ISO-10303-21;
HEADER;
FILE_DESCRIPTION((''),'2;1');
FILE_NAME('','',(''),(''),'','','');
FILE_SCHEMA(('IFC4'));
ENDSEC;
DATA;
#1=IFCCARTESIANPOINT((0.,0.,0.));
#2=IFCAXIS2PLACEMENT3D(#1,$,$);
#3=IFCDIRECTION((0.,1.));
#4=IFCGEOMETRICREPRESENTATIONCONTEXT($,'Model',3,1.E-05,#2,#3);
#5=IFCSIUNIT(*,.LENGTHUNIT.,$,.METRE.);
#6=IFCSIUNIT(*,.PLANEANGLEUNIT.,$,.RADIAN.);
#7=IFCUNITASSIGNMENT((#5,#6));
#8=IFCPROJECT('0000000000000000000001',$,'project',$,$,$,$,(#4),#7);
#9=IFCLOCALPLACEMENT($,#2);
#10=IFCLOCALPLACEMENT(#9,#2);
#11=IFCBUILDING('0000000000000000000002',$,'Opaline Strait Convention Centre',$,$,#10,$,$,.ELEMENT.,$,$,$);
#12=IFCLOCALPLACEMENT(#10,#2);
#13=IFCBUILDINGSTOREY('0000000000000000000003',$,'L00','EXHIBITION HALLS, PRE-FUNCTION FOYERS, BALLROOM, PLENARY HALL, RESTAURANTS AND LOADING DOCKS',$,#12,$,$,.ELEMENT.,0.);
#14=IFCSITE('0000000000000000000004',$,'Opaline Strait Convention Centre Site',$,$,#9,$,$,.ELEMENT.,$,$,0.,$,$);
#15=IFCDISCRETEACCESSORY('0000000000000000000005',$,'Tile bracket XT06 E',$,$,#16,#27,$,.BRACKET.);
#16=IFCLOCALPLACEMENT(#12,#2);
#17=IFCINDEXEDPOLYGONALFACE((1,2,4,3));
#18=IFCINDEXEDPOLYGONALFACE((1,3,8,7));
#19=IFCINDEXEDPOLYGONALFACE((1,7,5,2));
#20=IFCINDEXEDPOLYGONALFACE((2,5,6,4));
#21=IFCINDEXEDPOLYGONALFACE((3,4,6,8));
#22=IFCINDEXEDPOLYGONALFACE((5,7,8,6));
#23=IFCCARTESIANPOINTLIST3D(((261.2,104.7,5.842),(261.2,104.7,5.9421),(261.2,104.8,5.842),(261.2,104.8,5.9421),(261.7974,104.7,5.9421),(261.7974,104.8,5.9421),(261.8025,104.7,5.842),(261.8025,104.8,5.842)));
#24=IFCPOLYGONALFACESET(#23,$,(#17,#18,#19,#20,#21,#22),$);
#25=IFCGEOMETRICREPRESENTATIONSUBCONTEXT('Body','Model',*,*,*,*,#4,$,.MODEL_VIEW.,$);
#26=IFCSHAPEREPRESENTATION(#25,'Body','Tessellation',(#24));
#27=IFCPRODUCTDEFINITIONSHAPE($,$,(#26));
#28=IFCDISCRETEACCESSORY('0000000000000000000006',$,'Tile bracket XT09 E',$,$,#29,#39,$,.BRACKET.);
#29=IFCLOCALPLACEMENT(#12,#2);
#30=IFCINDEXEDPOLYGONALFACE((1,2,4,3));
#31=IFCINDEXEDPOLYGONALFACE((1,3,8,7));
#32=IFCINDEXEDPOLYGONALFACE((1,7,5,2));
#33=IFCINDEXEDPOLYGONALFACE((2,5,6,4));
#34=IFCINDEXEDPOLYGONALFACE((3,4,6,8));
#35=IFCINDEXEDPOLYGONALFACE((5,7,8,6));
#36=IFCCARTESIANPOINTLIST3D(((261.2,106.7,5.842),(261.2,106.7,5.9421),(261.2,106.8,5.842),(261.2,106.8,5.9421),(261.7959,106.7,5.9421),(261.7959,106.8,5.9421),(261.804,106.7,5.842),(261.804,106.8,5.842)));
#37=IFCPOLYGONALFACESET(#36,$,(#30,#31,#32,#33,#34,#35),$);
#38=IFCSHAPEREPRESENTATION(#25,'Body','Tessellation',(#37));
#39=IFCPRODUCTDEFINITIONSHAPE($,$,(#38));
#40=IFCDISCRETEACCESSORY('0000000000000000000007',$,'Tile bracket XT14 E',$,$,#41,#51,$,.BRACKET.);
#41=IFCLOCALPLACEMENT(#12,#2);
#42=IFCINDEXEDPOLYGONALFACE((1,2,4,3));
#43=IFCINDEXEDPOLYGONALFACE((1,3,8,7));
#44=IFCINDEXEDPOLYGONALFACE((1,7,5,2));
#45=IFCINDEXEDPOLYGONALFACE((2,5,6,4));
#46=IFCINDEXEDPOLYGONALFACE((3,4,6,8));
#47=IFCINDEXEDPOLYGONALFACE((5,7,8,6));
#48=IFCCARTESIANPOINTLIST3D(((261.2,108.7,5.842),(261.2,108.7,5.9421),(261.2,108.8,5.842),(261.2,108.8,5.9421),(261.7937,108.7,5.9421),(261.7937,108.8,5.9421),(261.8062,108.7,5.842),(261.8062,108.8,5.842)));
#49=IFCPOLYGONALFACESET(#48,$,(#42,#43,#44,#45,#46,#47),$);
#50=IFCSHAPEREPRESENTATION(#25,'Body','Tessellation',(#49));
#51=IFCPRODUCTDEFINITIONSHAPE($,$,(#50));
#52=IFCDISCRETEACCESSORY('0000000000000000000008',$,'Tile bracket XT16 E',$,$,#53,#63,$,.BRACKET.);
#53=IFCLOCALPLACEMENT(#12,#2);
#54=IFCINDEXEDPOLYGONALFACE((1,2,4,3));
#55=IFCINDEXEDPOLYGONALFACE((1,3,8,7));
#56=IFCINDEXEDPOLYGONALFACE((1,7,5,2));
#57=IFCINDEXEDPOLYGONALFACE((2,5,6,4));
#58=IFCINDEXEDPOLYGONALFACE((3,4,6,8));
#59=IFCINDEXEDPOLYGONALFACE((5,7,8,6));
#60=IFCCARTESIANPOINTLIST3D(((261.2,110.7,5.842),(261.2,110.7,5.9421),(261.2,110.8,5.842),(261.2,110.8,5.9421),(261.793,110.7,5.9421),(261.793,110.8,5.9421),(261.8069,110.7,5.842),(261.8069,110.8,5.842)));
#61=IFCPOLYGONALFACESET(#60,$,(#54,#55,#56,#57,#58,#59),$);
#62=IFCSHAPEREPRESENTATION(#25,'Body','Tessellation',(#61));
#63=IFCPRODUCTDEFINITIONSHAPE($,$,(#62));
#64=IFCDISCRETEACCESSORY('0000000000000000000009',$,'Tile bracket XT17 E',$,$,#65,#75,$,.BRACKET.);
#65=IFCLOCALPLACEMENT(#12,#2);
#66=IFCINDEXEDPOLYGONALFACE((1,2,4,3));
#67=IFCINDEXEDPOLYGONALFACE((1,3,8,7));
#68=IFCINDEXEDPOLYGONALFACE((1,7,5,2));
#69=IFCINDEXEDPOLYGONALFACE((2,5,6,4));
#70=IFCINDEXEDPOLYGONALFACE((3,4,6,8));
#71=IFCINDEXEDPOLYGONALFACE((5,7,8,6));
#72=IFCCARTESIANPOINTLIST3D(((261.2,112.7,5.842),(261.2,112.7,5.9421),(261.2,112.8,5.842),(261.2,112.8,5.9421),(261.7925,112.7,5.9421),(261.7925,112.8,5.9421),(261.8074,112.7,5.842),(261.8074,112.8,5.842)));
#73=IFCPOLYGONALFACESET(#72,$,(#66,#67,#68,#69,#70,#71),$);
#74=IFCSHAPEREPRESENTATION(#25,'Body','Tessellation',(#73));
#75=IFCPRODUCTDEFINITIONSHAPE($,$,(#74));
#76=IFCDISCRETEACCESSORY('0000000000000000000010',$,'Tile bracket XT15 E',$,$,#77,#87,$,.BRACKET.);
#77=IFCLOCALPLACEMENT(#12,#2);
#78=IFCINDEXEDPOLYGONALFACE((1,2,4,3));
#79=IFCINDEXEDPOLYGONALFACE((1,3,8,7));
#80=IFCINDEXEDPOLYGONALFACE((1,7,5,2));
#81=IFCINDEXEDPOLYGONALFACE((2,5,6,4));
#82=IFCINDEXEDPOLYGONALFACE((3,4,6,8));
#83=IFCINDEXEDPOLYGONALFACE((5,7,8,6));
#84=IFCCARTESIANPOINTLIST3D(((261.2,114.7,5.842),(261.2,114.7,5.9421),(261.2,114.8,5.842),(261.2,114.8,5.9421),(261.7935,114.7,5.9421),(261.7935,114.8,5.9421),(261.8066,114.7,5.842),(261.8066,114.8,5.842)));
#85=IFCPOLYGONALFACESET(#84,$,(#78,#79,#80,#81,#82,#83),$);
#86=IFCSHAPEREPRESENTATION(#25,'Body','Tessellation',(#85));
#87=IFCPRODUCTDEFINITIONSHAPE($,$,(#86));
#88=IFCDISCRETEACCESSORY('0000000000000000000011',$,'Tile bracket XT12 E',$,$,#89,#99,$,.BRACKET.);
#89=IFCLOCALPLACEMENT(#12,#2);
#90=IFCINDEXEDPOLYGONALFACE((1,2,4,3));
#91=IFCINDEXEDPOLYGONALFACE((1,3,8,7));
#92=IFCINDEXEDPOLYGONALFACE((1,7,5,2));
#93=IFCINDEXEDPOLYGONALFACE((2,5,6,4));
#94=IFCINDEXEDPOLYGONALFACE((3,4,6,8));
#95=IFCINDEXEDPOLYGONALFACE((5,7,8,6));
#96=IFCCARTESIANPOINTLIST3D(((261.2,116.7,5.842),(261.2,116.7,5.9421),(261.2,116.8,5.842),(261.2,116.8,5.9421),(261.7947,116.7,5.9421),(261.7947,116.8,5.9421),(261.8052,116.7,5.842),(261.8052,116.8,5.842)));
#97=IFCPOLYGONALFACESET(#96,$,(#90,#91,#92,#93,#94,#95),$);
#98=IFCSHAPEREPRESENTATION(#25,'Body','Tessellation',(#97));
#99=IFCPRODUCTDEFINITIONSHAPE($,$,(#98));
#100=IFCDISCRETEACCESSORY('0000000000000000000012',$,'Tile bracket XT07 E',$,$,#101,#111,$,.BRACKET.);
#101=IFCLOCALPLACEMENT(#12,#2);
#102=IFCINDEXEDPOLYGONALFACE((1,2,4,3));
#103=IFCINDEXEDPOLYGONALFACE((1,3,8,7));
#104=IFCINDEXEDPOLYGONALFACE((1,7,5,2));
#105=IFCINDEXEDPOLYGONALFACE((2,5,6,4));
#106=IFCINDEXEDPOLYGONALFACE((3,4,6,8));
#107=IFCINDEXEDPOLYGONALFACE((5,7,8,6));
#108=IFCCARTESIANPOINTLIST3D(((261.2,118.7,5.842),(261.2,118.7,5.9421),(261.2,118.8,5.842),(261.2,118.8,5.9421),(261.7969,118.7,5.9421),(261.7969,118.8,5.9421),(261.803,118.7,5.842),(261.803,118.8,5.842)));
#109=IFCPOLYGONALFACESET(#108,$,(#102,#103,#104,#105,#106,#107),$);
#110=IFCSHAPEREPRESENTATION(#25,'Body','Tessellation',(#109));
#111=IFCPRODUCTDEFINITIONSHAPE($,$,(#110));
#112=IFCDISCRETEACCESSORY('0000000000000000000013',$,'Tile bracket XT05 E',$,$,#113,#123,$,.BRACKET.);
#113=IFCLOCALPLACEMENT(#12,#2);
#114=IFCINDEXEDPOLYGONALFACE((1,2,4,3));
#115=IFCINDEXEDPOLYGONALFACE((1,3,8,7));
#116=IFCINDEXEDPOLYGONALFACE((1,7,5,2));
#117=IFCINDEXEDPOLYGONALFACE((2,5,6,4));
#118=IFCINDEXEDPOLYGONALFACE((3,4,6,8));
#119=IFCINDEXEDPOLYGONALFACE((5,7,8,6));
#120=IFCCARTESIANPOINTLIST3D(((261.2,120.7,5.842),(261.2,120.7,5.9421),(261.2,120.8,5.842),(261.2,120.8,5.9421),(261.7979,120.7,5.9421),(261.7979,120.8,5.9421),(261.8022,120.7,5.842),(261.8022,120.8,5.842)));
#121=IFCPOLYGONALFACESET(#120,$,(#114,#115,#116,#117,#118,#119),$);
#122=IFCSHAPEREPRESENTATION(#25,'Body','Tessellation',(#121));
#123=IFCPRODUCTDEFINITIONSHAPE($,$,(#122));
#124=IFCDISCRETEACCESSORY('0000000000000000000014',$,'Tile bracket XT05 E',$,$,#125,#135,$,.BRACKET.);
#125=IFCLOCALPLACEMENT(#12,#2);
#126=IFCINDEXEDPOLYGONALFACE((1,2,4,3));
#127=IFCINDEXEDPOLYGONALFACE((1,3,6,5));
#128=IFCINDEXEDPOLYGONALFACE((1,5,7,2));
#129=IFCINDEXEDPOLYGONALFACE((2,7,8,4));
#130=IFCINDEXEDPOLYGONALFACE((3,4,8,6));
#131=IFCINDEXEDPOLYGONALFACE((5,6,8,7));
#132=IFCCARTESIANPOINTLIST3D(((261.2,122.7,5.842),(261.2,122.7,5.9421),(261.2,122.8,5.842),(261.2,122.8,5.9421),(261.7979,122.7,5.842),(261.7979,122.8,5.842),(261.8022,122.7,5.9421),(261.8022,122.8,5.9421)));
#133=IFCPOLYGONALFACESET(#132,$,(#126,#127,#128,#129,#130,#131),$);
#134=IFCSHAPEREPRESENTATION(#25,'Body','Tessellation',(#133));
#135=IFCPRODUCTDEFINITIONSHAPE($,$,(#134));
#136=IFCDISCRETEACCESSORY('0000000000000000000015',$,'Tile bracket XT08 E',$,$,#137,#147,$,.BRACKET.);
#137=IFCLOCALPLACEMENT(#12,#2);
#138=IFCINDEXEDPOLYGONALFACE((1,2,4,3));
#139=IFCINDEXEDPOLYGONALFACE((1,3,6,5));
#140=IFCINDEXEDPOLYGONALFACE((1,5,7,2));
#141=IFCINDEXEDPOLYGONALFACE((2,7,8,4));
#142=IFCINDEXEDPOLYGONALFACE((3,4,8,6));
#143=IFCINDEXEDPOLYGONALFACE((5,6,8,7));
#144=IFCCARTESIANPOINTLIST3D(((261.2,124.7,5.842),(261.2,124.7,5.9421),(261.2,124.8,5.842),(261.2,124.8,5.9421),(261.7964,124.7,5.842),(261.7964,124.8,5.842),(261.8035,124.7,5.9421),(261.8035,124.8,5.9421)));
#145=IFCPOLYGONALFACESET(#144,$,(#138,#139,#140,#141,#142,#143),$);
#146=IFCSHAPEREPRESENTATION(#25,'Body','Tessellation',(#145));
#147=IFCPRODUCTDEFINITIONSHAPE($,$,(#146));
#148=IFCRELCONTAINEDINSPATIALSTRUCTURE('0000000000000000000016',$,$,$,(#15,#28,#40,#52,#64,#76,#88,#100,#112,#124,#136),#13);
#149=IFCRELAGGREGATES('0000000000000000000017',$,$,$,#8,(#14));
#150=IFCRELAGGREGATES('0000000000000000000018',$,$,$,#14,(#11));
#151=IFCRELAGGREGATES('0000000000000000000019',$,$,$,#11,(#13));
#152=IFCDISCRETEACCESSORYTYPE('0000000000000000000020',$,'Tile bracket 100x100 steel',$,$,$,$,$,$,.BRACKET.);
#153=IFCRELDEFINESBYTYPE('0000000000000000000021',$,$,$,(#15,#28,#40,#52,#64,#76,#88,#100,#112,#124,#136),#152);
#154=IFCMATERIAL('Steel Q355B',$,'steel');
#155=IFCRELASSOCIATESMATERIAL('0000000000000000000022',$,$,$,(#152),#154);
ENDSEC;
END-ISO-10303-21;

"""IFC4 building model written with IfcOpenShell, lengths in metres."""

from ifc_helpers import new_model, si_unit, direction, frame, origin, place, context, subcontext, project, spatial, polyline, outline, extrude, material, type_object, element, save


model = new_model("IFC4")

# Units and contexts
model_context = context("Model", 3, precision=1e-05, world=origin(), true_north=direction((0.0, 1.0)))
body_context = subcontext(model_context, "Body", "Model", "MODEL_VIEW")
ifc_project = project(units=[si_unit("LENGTHUNIT", "METRE"), si_unit("PLANEANGLEUNIT", "RADIAN")], contexts=[model_context])

# Site, building, storey
site_placement = place(None, origin())
site = spatial("IfcSite", under=ifc_project, at=site_placement, Name="Opaline Strait Convention Centre Site", CompositionType="ELEMENT", RefElevation=0.0)
building_placement = place(site_placement, origin())
building = spatial("IfcBuilding", under=site, at=building_placement, Name="Opaline Strait Convention Centre", CompositionType="ELEMENT")
storey_placement = place(building_placement, origin())
storey = spatial("IfcBuildingStorey", under=building, at=storey_placement, Name="L00", Description="EXHIBITION HALLS, PRE-FUNCTION FOYERS, BALLROOM, PLENARY HALL, RESTAURANTS AND LOADING DOCKS", CompositionType="ELEMENT", Elevation=0.0)

# Discrete accessories
ifc_material = material(Name="Steel Q355B", Category="steel")
discrete_accessory_type = type_object("IfcDiscreteAccessoryType", Name="Tile bracket 100x100 steel", PredefinedType="BRACKET", material=ifc_material)
discrete_accessory_1_placement = place(storey_placement, frame((261.2, 104.7, 5.8921), z_axis=(0.0, 1.0, 0.0), x_axis=(-1.0, 0.0, 0.0)))
element("IfcDiscreteAccessory", 1, at=discrete_accessory_1_placement, inside=storey, type_object=discrete_accessory_type, Name="Tile bracket XT06 E", PredefinedType="BRACKET", context=body_context, shape_type="SweptSolid", body=[
    extrude(outline(polyline([(0.0, -0.05), (0.0, 0.05), (-0.5974, 0.05), (-0.6025, -0.05), (0.0, -0.05)])), origin(), (0.0, 0.0, 1.0), 0.1001),
])
discrete_accessory_2_placement = place(storey_placement, frame((261.2, 106.7, 5.8921), z_axis=(0.0, 1.0, 0.0), x_axis=(-1.0, 0.0, 0.0)))
element("IfcDiscreteAccessory", 2, at=discrete_accessory_2_placement, inside=storey, type_object=discrete_accessory_type, Name="Tile bracket XT09 E", PredefinedType="BRACKET", context=body_context, shape_type="SweptSolid", body=[
    extrude(outline(polyline([(0.0, -0.05), (0.0, 0.05), (-0.5959, 0.05), (-0.604, -0.05), (0.0, -0.05)])), origin(), (0.0, 0.0, 1.0), 0.1001),
])
discrete_accessory_3_placement = place(storey_placement, frame((261.2, 108.7, 5.8921), z_axis=(0.0, 1.0, 0.0), x_axis=(-1.0, 0.0, 0.0)))
element("IfcDiscreteAccessory", 3, at=discrete_accessory_3_placement, inside=storey, type_object=discrete_accessory_type, Name="Tile bracket XT14 E", PredefinedType="BRACKET", context=body_context, shape_type="SweptSolid", body=[
    extrude(outline(polyline([(0.0, -0.05), (0.0, 0.05), (-0.5938, 0.05), (-0.6062, -0.05), (0.0, -0.05)])), origin(), (0.0, 0.0, 1.0), 0.1001),
])
discrete_accessory_4_placement = place(storey_placement, frame((261.2, 110.7, 5.8921), z_axis=(0.0, 1.0, 0.0), x_axis=(-1.0, 0.0, 0.0)))
element("IfcDiscreteAccessory", 4, at=discrete_accessory_4_placement, inside=storey, type_object=discrete_accessory_type, Name="Tile bracket XT16 E", PredefinedType="BRACKET", context=body_context, shape_type="SweptSolid", body=[
    extrude(outline(polyline([(0.0, -0.05), (0.0, 0.05), (-0.593, 0.05), (-0.6069, -0.05), (0.0, -0.05)])), origin(), (0.0, 0.0, 1.0), 0.1001),
])
discrete_accessory_5_placement = place(storey_placement, frame((261.2, 112.7, 5.8921), z_axis=(0.0, 1.0, 0.0), x_axis=(-1.0, 0.0, 0.0)))
element("IfcDiscreteAccessory", 5, at=discrete_accessory_5_placement, inside=storey, type_object=discrete_accessory_type, Name="Tile bracket XT17 E", PredefinedType="BRACKET", context=body_context, shape_type="SweptSolid", body=[
    extrude(outline(polyline([(0.0, -0.05), (0.0, 0.05), (-0.5925, 0.05), (-0.6074, -0.05), (0.0, -0.05)])), origin(), (0.0, 0.0, 1.0), 0.1001),
])
discrete_accessory_6_placement = place(storey_placement, frame((261.2, 114.7, 5.8921), z_axis=(0.0, 1.0, 0.0), x_axis=(-1.0, 0.0, 0.0)))
element("IfcDiscreteAccessory", 6, at=discrete_accessory_6_placement, inside=storey, type_object=discrete_accessory_type, Name="Tile bracket XT15 E", PredefinedType="BRACKET", context=body_context, shape_type="SweptSolid", body=[
    extrude(outline(polyline([(0.0, -0.05), (0.0, 0.05), (-0.5935, 0.05), (-0.6067, -0.05), (0.0, -0.05)])), origin(), (0.0, 0.0, 1.0), 0.1001),
])
discrete_accessory_7_placement = place(storey_placement, frame((261.2, 116.7, 5.8921), z_axis=(0.0, 1.0, 0.0), x_axis=(-1.0, 0.0, 0.0)))
element("IfcDiscreteAccessory", 7, at=discrete_accessory_7_placement, inside=storey, type_object=discrete_accessory_type, Name="Tile bracket XT12 E", PredefinedType="BRACKET", context=body_context, shape_type="SweptSolid", body=[
    extrude(outline(polyline([(0.0, -0.05), (0.0, 0.05), (-0.5947, 0.05), (-0.6052, -0.05), (0.0, -0.05)])), origin(), (0.0, 0.0, 1.0), 0.1001),
])
discrete_accessory_8_placement = place(storey_placement, frame((261.2, 118.7, 5.8921), z_axis=(0.0, 1.0, 0.0), x_axis=(-1.0, 0.0, 0.0)))
element("IfcDiscreteAccessory", 8, at=discrete_accessory_8_placement, inside=storey, type_object=discrete_accessory_type, Name="Tile bracket XT07 E", PredefinedType="BRACKET", context=body_context, shape_type="SweptSolid", body=[
    extrude(outline(polyline([(0.0, -0.05), (0.0, 0.05), (-0.5969, 0.05), (-0.603, -0.05), (0.0, -0.05)])), origin(), (0.0, 0.0, 1.0), 0.1001),
])
discrete_accessory_9_placement = place(storey_placement, frame((261.2, 120.7, 5.8921), z_axis=(0.0, 1.0, 0.0), x_axis=(-1.0, 0.0, 0.0)))
element("IfcDiscreteAccessory", 9, at=discrete_accessory_9_placement, inside=storey, type_object=discrete_accessory_type, Name="Tile bracket XT05 E", PredefinedType="BRACKET", context=body_context, shape_type="SweptSolid", body=[
    extrude(outline(polyline([(0.0, -0.05), (0.0, 0.05), (-0.5979, 0.05), (-0.6023, -0.05), (0.0, -0.05)])), origin(), (0.0, 0.0, 1.0), 0.1001),
])
discrete_accessory_10_placement = place(storey_placement, frame((261.2, 122.7, 5.8921), z_axis=(0.0, 1.0, 0.0), x_axis=(-1.0, 0.0, 0.0)))
element("IfcDiscreteAccessory", 10, at=discrete_accessory_10_placement, inside=storey, type_object=discrete_accessory_type, Name="Tile bracket XT05 E", PredefinedType="BRACKET", context=body_context, shape_type="SweptSolid", body=[
    extrude(outline(polyline([(0.0, -0.05), (0.0, 0.05), (-0.6023, 0.05), (-0.5979, -0.05), (0.0, -0.05)])), origin(), (0.0, 0.0, 1.0), 0.1001),
])
discrete_accessory_11_placement = place(storey_placement, frame((261.2, 124.7, 5.8921), z_axis=(0.0, 1.0, 0.0), x_axis=(-1.0, 0.0, 0.0)))
element("IfcDiscreteAccessory", 11, at=discrete_accessory_11_placement, inside=storey, type_object=discrete_accessory_type, Name="Tile bracket XT08 E", PredefinedType="BRACKET", context=body_context, shape_type="SweptSolid", body=[
    extrude(outline(polyline([(0.0, -0.05), (0.0, 0.05), (-0.6035, 0.05), (-0.5964, -0.05), (0.0, -0.05)])), origin(), (0.0, 0.0, 1.0), 0.1001),
])

save(model, "model.ifc")
